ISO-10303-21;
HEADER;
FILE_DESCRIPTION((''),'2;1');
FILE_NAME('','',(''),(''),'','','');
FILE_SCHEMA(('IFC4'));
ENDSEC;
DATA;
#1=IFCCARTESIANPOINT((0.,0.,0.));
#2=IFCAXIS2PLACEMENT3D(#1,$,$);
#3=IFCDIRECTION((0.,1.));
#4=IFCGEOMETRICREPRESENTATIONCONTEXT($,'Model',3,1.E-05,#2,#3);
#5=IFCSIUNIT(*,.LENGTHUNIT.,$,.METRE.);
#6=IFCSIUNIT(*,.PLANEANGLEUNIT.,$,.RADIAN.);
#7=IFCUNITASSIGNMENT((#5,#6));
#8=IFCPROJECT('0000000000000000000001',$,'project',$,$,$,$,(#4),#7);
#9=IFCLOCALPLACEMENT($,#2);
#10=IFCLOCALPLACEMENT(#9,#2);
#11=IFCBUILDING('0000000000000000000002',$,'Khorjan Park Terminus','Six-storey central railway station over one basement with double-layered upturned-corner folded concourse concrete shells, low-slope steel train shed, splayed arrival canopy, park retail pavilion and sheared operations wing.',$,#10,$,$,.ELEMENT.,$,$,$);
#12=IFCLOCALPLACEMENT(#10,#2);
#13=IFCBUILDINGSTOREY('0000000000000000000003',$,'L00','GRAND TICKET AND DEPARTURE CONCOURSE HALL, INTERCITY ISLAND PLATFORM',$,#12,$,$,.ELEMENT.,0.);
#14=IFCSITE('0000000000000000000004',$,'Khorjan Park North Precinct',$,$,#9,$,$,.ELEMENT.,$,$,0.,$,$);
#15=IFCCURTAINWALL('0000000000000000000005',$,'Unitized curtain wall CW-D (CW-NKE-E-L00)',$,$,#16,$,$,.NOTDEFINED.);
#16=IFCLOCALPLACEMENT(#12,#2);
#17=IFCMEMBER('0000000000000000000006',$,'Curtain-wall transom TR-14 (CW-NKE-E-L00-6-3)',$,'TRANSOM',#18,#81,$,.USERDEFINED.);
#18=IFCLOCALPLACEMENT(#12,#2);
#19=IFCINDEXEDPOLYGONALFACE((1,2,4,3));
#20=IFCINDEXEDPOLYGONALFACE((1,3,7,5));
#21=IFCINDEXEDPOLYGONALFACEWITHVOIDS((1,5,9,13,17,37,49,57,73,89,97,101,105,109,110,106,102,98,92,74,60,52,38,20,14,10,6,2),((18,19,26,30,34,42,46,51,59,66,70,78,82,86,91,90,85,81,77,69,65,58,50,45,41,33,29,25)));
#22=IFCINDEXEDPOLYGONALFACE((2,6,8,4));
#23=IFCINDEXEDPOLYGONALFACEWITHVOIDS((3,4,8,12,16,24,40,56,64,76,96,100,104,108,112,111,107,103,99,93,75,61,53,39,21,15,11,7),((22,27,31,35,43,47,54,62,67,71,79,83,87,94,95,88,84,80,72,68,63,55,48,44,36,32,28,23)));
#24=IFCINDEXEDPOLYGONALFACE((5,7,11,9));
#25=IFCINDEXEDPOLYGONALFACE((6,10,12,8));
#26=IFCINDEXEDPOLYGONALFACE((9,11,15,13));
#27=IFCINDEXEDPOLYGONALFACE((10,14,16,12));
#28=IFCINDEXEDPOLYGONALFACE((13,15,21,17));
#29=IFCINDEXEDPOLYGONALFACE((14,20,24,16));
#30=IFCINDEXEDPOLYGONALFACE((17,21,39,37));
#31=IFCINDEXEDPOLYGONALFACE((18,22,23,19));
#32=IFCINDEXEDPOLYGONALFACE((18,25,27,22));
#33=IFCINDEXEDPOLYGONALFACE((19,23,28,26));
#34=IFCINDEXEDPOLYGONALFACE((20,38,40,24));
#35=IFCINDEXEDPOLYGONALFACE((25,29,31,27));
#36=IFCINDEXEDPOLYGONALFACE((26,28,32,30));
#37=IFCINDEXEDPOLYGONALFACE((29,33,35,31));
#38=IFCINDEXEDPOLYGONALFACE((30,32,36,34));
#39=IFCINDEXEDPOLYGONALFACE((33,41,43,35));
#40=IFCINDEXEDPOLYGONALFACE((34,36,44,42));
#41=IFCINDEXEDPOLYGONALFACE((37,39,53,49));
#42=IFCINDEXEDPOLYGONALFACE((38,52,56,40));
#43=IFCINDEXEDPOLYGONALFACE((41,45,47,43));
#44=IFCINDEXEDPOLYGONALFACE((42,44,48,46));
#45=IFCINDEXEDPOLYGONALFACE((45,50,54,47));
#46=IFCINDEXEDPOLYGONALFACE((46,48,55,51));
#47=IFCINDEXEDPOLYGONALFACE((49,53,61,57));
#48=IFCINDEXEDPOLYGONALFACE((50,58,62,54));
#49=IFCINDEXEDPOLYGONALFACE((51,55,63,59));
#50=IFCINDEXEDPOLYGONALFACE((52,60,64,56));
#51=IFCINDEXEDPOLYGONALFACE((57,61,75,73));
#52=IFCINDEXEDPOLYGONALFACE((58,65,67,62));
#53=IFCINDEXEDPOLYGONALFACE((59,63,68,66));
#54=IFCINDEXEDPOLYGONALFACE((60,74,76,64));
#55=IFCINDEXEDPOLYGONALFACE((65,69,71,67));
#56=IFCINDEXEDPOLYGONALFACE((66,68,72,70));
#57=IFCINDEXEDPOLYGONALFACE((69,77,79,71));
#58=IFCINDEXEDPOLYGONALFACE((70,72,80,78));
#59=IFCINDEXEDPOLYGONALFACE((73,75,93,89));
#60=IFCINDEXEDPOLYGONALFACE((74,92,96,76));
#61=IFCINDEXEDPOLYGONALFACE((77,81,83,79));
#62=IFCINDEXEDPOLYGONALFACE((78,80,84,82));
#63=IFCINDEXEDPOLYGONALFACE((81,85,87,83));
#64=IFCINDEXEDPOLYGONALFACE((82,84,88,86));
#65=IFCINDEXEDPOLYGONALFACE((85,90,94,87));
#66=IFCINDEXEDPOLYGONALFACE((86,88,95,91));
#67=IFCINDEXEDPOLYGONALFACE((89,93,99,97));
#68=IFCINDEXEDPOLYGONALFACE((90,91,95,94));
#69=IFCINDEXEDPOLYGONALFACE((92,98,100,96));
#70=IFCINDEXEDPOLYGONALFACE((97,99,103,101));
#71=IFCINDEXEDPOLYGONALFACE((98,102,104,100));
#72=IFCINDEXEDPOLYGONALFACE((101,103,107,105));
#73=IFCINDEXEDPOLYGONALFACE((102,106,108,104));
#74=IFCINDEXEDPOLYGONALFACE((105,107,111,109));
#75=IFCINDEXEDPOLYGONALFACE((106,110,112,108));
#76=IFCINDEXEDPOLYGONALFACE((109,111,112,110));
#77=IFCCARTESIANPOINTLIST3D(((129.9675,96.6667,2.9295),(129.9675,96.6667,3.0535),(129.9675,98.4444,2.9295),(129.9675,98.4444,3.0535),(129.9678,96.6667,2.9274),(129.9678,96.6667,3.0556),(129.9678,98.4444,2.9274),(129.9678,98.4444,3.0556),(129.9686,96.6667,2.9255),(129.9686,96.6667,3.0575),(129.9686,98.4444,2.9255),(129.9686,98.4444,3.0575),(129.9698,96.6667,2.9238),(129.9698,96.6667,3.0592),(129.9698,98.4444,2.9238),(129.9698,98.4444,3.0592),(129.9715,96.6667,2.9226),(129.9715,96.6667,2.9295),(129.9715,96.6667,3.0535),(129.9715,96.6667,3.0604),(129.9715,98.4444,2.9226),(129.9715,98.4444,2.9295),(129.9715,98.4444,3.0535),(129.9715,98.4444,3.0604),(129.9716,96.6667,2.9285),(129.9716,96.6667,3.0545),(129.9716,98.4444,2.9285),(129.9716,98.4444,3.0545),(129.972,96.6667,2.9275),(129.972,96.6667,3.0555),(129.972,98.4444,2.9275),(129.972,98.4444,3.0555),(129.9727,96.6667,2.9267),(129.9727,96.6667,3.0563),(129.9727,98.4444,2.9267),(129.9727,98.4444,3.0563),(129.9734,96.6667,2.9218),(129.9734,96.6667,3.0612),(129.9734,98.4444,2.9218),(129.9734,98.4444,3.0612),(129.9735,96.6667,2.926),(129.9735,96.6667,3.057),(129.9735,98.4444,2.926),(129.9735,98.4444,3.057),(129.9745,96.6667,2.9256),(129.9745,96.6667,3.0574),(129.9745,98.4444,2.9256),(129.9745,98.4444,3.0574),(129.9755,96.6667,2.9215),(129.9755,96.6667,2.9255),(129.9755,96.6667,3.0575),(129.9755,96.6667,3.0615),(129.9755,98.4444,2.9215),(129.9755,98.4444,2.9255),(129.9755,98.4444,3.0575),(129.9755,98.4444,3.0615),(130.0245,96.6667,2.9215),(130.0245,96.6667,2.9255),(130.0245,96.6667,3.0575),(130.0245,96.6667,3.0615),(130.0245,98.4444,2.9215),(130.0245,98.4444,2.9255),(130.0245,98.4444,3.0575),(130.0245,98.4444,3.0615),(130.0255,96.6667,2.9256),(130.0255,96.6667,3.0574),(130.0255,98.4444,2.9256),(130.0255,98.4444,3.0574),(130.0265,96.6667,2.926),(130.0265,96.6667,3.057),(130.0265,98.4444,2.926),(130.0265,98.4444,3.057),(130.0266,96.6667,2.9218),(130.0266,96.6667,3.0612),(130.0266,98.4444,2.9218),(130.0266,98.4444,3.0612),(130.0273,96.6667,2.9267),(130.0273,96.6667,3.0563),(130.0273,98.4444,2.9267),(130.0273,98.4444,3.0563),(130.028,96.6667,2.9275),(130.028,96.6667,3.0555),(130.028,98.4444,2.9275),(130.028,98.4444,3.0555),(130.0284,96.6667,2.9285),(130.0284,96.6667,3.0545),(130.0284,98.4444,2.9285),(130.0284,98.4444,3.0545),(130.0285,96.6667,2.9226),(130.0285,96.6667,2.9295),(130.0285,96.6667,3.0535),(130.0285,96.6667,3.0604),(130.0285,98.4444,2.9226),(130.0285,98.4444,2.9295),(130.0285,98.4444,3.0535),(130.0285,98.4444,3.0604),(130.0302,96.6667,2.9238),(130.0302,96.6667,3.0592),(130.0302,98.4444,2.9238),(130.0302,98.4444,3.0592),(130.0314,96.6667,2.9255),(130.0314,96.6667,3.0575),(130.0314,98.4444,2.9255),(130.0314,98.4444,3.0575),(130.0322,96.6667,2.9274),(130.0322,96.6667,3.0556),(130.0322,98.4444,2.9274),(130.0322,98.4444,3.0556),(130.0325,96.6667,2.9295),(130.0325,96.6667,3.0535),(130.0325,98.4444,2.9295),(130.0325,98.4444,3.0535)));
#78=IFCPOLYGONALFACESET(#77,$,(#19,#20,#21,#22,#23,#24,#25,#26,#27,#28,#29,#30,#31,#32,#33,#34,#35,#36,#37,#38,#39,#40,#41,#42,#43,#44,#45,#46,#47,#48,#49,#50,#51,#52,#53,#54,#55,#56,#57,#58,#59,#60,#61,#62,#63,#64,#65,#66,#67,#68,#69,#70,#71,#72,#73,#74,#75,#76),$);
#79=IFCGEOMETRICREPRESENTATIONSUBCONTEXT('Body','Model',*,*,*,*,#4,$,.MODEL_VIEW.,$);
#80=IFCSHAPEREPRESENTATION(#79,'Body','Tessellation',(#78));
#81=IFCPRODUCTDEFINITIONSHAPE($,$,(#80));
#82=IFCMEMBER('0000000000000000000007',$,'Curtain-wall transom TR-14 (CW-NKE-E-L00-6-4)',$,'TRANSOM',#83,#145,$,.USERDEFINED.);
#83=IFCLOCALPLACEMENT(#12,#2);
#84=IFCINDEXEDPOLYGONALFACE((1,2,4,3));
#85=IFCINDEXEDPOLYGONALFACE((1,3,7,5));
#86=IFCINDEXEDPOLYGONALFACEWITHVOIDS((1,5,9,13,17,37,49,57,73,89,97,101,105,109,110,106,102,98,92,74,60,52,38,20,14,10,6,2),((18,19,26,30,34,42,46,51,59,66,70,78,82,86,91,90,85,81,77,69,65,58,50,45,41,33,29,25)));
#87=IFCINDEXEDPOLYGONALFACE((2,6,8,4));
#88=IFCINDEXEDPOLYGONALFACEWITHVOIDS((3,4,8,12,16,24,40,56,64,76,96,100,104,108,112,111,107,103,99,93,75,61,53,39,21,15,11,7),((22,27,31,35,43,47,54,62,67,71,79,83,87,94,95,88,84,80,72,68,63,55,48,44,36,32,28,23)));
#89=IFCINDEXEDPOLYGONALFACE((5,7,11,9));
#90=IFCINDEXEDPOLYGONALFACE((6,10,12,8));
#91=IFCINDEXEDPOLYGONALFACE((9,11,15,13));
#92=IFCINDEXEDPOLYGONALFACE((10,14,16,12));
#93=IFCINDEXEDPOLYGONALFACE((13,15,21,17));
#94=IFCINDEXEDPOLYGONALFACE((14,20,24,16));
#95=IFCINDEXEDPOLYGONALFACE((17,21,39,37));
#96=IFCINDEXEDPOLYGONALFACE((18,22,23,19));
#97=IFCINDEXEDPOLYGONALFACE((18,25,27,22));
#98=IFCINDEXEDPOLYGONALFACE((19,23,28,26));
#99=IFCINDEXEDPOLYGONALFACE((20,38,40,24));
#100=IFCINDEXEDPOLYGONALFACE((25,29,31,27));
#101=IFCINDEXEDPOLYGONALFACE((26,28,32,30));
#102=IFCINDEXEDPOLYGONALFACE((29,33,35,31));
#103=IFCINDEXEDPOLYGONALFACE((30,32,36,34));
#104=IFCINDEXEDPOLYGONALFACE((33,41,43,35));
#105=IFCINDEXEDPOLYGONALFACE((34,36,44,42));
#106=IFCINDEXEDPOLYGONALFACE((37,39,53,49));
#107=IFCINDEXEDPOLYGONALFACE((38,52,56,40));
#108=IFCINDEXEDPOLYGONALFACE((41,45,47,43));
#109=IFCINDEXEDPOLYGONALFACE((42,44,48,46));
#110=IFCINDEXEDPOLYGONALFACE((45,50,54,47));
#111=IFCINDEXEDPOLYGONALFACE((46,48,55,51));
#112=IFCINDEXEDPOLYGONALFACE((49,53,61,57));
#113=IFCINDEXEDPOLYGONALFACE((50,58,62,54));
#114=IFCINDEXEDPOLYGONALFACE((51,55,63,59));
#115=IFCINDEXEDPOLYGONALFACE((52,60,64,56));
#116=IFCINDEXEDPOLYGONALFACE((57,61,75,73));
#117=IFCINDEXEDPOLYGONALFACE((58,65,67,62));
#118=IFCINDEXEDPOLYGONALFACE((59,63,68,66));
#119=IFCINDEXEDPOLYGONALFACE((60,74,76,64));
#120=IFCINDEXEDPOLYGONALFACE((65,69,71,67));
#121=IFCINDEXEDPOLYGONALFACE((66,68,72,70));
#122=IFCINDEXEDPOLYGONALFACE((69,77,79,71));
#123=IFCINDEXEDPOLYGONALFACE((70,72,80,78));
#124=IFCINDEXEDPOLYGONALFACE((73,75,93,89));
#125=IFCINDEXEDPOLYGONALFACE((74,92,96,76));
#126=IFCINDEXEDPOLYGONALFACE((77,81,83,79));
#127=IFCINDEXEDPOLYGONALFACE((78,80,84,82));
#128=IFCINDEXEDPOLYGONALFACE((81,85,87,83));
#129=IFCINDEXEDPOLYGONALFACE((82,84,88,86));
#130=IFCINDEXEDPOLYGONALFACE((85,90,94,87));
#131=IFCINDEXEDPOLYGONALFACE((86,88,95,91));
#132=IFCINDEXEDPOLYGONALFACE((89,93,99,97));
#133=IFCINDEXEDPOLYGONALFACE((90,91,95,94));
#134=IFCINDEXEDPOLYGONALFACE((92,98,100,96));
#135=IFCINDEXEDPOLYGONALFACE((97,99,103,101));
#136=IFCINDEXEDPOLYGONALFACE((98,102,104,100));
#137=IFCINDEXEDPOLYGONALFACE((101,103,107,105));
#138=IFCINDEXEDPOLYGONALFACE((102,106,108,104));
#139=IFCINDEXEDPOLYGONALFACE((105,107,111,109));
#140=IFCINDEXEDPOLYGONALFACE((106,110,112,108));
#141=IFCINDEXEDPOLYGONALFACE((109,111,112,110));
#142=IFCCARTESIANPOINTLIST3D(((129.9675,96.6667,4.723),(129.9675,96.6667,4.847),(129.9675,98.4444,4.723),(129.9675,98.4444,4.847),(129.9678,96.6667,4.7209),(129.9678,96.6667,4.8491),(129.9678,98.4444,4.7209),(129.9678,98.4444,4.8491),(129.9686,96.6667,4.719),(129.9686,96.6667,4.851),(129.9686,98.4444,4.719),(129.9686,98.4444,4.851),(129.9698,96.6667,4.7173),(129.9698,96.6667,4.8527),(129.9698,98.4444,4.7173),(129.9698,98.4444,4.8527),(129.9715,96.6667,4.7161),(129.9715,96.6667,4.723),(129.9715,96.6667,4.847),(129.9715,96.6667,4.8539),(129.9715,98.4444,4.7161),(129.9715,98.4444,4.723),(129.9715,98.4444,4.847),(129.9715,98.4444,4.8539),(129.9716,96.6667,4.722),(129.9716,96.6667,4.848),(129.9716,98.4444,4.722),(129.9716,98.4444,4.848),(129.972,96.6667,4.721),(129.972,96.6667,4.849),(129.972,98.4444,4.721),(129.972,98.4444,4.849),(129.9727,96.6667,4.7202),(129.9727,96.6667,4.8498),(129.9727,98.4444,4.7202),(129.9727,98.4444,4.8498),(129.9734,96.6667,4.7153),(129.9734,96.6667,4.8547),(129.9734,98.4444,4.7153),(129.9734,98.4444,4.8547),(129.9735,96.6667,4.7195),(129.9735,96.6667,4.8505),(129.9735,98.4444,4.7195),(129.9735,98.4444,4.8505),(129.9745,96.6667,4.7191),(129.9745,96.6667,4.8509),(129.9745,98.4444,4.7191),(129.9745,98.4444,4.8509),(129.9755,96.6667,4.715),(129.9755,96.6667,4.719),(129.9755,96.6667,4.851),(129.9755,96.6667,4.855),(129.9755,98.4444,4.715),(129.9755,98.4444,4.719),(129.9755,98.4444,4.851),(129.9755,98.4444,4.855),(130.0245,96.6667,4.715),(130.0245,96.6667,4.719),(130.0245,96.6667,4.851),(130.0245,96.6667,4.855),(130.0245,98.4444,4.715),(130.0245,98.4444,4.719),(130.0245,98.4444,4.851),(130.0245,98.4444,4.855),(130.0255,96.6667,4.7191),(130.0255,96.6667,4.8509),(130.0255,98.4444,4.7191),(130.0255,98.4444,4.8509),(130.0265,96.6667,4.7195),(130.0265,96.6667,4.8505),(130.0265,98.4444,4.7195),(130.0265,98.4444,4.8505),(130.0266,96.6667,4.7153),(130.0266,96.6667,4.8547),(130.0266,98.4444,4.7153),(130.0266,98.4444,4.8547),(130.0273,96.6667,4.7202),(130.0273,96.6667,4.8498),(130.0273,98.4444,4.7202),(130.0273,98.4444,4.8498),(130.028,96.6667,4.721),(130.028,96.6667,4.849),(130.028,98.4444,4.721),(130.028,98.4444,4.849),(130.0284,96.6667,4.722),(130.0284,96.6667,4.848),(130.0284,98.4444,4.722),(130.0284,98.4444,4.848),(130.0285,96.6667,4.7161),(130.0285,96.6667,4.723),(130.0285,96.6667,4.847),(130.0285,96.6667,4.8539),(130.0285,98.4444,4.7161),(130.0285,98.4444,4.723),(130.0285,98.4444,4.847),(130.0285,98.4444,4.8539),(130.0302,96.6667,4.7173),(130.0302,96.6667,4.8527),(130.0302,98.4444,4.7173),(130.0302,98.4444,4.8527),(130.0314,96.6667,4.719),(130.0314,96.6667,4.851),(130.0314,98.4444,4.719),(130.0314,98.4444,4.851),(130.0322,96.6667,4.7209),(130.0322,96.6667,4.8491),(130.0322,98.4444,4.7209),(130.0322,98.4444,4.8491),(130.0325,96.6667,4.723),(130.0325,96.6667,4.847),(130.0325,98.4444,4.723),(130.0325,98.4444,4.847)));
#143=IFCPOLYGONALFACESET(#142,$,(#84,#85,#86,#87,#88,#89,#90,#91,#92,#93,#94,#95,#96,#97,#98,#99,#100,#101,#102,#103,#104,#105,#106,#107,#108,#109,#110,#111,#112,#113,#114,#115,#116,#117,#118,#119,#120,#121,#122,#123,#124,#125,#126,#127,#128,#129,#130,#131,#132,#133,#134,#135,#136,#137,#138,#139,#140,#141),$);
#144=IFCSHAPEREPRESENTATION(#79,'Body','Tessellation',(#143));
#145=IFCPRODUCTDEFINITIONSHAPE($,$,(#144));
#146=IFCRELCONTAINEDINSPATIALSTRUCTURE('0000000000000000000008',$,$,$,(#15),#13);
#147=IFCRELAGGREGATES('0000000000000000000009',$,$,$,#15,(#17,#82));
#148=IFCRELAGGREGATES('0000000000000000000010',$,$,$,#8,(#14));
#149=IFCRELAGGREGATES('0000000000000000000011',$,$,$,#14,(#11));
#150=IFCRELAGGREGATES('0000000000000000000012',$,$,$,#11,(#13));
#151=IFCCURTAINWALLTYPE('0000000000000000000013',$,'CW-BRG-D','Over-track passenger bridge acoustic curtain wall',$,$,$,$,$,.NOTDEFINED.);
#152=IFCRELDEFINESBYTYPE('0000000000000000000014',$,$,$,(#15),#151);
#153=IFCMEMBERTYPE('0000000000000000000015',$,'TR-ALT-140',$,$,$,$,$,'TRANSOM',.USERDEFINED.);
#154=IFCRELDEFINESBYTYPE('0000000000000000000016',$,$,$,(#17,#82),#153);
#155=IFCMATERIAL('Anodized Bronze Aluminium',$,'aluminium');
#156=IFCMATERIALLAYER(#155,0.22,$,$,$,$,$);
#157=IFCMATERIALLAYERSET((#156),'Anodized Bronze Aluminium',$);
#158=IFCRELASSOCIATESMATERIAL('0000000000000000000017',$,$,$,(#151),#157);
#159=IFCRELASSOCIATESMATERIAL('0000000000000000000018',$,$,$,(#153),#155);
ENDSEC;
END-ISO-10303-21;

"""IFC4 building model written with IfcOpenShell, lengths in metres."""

from ifc_helpers import new_model, si_unit, direction, frame, origin, origin_2d, place, context, subcontext, project, spatial, hollow_rectangle, extrude, material, layer, layer_set, material_profile, profile_set, type_object, element, aggregate, save


model = new_model("IFC4")

# Units and contexts
model_context = context("Model", 3, precision=1e-05, world=origin(), true_north=direction((0.0, 1.0)))
body_context = subcontext(model_context, "Body", "Model", "MODEL_VIEW")
ifc_project = project(units=[si_unit("LENGTHUNIT", "METRE"), si_unit("PLANEANGLEUNIT", "RADIAN")], contexts=[model_context])

# Site, building, storey
site_placement = place(None, origin())
site = spatial("IfcSite", under=ifc_project, at=site_placement, Name="Khorjan Park North Precinct", CompositionType="ELEMENT", RefElevation=0.0)
building_placement = place(site_placement, origin())
building = spatial("IfcBuilding", under=site, at=building_placement, Name="Khorjan Park Terminus", Description="Six-storey central railway station over one basement with double-layered upturned-corner folded concourse concrete shells, low-slope steel train shed, splayed arrival canopy, park retail pavilion and sheared operations wing.", CompositionType="ELEMENT")
storey_placement = place(building_placement, origin())
storey = spatial("IfcBuildingStorey", under=building, at=storey_placement, Name="L00", Description="GRAND TICKET AND DEPARTURE CONCOURSE HALL, INTERCITY ISLAND PLATFORM", CompositionType="ELEMENT", Elevation=0.0)

# Curtain wall, members
ifc_material_1 = material(Name="Anodized Bronze Aluminium", Category="aluminium")
ifc_layer_1 = layer(ifc_material_1, 0.22)
ifc_layer_set_1 = layer_set([ifc_layer_1], Name="Anodized Bronze Aluminium")
curtain_wall_type = type_object("IfcCurtainWallType", Name="CW-BRG-D", Description="Over-track passenger bridge acoustic curtain wall", PredefinedType="NOTDEFINED", material=ifc_layer_set_1)
curtain_wall_placement = place(storey_placement, origin())
curtain_wall = element("IfcCurtainWall", 1, at=curtain_wall_placement, inside=storey, type_object=curtain_wall_type, Name="Unitized curtain wall CW-D (CW-NKE-E-L00)", PredefinedType="NOTDEFINED")
ifc_material_profile_1 = material_profile(ifc_material_1, hollow_rectangle(XDim=0.065, YDim=0.14, WallThickness=0.004, InnerFilletRadius=0.004, OuterFilletRadius=0.008, at=origin_2d()), Name="ALT 65x140x4")
ifc_profile_set_1 = profile_set([ifc_material_profile_1], Name="Anodized Bronze Aluminium")
member_type_1 = type_object("IfcMemberType", Name="TR-ALT-140", ElementType="TRANSOM", PredefinedType="USERDEFINED", material=ifc_profile_set_1)
member_1_placement = place(storey_placement, frame((130.0, 96.6667, 2.9915), z_axis=(0.0, 1.0, 0.0), x_axis=(-1.0, 0.0, 0.0)))
member_1 = element("IfcMember", 2, at=member_1_placement, type_object=member_type_1, Name="Curtain-wall transom TR-14 (CW-NKE-E-L00-6-3)", ObjectType="TRANSOM", PredefinedType="USERDEFINED", context=body_context, shape_type="SweptSolid", body=[
    extrude(hollow_rectangle(XDim=0.065, YDim=0.14, WallThickness=0.004, InnerFilletRadius=0.004, OuterFilletRadius=0.008, at=origin_2d()), origin(), (0.0, 0.0, 1.0), 1.7777),
])
member_2_placement = place(storey_placement, frame((130.0, 96.6667, 4.785), z_axis=(0.0, 1.0, 0.0), x_axis=(-1.0, 0.0, 0.0)))
member_2 = element("IfcMember", 3, at=member_2_placement, type_object=member_type_1, Name="Curtain-wall transom TR-14 (CW-NKE-E-L00-6-4)", ObjectType="TRANSOM", PredefinedType="USERDEFINED", context=body_context, shape_type="SweptSolid", body=[
    extrude(hollow_rectangle(XDim=0.065, YDim=0.14, WallThickness=0.004, InnerFilletRadius=0.004, OuterFilletRadius=0.008, at=origin_2d()), origin(), (0.0, 0.0, 1.0), 1.7777),
])
aggregate(curtain_wall, [member_1, member_2])

save(model, "model.ifc")
